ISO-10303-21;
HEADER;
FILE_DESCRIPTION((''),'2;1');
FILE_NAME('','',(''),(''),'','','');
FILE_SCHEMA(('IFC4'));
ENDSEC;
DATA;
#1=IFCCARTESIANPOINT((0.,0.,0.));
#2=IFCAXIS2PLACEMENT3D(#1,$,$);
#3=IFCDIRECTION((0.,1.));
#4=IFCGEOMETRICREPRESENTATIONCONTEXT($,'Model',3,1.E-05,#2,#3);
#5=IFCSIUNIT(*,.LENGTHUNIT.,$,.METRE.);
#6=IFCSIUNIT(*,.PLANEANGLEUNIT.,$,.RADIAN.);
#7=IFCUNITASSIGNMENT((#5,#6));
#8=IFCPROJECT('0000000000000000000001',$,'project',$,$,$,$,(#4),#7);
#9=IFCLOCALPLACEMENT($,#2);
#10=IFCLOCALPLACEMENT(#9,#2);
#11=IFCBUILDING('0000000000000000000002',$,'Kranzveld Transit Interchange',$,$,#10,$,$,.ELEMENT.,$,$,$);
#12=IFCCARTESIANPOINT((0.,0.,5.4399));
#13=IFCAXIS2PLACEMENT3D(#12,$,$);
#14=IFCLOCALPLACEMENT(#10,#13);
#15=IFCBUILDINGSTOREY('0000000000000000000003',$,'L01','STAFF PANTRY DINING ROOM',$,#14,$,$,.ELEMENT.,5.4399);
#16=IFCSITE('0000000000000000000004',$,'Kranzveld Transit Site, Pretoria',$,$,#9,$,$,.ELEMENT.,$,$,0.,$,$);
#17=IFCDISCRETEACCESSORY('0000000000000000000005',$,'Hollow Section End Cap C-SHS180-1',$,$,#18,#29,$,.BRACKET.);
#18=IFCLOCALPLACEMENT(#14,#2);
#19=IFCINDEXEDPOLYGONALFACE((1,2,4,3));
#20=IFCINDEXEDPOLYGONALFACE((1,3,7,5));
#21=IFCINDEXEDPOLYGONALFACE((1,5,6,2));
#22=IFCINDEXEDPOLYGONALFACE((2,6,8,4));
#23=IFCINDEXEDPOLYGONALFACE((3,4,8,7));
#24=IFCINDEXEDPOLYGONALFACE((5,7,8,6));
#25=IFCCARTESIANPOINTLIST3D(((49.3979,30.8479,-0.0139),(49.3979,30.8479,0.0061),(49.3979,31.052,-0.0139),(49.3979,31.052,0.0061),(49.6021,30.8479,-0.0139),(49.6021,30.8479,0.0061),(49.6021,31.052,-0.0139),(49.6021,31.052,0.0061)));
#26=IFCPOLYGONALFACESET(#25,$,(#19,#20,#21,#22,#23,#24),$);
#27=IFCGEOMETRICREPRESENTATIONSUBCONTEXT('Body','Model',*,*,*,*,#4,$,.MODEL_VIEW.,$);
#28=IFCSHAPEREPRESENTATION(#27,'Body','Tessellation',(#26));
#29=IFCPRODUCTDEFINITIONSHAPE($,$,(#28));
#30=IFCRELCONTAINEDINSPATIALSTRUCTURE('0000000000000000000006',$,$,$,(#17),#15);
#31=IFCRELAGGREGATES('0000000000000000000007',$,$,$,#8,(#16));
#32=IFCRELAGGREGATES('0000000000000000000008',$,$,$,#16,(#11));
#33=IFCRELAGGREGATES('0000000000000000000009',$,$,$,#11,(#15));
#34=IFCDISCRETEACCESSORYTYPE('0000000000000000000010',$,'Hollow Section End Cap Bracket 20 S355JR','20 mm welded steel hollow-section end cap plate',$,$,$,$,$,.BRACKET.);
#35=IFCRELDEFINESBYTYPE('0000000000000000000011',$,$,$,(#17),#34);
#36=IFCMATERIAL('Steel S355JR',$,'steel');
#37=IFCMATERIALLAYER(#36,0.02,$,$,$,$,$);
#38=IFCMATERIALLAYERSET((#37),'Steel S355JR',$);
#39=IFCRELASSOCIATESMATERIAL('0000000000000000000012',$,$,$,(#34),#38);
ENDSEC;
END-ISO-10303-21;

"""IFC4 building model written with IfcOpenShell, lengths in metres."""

from ifc_helpers import new_model, si_unit, direction, frame, origin, origin_2d, place, context, subcontext, project, spatial, rectangle, extrude, material, layer, layer_set, type_object, element, save


model = new_model("IFC4")

# Units and contexts
model_context = context("Model", 3, precision=1e-05, world=origin(), true_north=direction((0.0, 1.0)))
body_context = subcontext(model_context, "Body", "Model", "MODEL_VIEW")
ifc_project = project(units=[si_unit("LENGTHUNIT", "METRE"), si_unit("PLANEANGLEUNIT", "RADIAN")], contexts=[model_context])

# Site, building, storey
site_placement = place(None, origin())
site = spatial("IfcSite", under=ifc_project, at=site_placement, Name="Kranzveld Transit Site, Pretoria", CompositionType="ELEMENT", RefElevation=0.0)
building_placement = place(site_placement, origin())
building = spatial("IfcBuilding", under=site, at=building_placement, Name="Kranzveld Transit Interchange", CompositionType="ELEMENT")
storey_placement = place(building_placement, frame((0.0, 0.0, 5.4399)))
storey = spatial("IfcBuildingStorey", under=building, at=storey_placement, Name="L01", Description="STAFF PANTRY DINING ROOM", CompositionType="ELEMENT", Elevation=5.4399)

# Discrete accessory
ifc_material_1 = material(Name="Steel S355JR", Category="steel")
ifc_layer = layer(ifc_material_1, 0.02)
ifc_layer_set = layer_set([ifc_layer], Name="Steel S355JR")
discrete_accessory_type = type_object("IfcDiscreteAccessoryType", Name="Hollow Section End Cap Bracket 20 S355JR", Description="20 mm welded steel hollow-section end cap plate", PredefinedType="BRACKET", material=ifc_layer_set)
for number, where, z_axis, x_axis, name in (
    (1, (49.5, 30.95, 0.0061), (0.0, 0.0, -1.0), (1.0, 0.0, 0.0), "Hollow Section End Cap C-SHS180-1"),
):
    element("IfcDiscreteAccessory", number, at=place(storey_placement, frame(where, z_axis=z_axis, x_axis=x_axis)), inside=storey, type_object=discrete_accessory_type, Name=name, PredefinedType="BRACKET", context=body_context, shape_type="SweptSolid", body=[
        extrude(rectangle(XDim=0.2041, YDim=0.2041, at=origin_2d()), origin(), (0.0, 0.0, 1.0), 0.02),
    ])

save(model, "model.ifc")
